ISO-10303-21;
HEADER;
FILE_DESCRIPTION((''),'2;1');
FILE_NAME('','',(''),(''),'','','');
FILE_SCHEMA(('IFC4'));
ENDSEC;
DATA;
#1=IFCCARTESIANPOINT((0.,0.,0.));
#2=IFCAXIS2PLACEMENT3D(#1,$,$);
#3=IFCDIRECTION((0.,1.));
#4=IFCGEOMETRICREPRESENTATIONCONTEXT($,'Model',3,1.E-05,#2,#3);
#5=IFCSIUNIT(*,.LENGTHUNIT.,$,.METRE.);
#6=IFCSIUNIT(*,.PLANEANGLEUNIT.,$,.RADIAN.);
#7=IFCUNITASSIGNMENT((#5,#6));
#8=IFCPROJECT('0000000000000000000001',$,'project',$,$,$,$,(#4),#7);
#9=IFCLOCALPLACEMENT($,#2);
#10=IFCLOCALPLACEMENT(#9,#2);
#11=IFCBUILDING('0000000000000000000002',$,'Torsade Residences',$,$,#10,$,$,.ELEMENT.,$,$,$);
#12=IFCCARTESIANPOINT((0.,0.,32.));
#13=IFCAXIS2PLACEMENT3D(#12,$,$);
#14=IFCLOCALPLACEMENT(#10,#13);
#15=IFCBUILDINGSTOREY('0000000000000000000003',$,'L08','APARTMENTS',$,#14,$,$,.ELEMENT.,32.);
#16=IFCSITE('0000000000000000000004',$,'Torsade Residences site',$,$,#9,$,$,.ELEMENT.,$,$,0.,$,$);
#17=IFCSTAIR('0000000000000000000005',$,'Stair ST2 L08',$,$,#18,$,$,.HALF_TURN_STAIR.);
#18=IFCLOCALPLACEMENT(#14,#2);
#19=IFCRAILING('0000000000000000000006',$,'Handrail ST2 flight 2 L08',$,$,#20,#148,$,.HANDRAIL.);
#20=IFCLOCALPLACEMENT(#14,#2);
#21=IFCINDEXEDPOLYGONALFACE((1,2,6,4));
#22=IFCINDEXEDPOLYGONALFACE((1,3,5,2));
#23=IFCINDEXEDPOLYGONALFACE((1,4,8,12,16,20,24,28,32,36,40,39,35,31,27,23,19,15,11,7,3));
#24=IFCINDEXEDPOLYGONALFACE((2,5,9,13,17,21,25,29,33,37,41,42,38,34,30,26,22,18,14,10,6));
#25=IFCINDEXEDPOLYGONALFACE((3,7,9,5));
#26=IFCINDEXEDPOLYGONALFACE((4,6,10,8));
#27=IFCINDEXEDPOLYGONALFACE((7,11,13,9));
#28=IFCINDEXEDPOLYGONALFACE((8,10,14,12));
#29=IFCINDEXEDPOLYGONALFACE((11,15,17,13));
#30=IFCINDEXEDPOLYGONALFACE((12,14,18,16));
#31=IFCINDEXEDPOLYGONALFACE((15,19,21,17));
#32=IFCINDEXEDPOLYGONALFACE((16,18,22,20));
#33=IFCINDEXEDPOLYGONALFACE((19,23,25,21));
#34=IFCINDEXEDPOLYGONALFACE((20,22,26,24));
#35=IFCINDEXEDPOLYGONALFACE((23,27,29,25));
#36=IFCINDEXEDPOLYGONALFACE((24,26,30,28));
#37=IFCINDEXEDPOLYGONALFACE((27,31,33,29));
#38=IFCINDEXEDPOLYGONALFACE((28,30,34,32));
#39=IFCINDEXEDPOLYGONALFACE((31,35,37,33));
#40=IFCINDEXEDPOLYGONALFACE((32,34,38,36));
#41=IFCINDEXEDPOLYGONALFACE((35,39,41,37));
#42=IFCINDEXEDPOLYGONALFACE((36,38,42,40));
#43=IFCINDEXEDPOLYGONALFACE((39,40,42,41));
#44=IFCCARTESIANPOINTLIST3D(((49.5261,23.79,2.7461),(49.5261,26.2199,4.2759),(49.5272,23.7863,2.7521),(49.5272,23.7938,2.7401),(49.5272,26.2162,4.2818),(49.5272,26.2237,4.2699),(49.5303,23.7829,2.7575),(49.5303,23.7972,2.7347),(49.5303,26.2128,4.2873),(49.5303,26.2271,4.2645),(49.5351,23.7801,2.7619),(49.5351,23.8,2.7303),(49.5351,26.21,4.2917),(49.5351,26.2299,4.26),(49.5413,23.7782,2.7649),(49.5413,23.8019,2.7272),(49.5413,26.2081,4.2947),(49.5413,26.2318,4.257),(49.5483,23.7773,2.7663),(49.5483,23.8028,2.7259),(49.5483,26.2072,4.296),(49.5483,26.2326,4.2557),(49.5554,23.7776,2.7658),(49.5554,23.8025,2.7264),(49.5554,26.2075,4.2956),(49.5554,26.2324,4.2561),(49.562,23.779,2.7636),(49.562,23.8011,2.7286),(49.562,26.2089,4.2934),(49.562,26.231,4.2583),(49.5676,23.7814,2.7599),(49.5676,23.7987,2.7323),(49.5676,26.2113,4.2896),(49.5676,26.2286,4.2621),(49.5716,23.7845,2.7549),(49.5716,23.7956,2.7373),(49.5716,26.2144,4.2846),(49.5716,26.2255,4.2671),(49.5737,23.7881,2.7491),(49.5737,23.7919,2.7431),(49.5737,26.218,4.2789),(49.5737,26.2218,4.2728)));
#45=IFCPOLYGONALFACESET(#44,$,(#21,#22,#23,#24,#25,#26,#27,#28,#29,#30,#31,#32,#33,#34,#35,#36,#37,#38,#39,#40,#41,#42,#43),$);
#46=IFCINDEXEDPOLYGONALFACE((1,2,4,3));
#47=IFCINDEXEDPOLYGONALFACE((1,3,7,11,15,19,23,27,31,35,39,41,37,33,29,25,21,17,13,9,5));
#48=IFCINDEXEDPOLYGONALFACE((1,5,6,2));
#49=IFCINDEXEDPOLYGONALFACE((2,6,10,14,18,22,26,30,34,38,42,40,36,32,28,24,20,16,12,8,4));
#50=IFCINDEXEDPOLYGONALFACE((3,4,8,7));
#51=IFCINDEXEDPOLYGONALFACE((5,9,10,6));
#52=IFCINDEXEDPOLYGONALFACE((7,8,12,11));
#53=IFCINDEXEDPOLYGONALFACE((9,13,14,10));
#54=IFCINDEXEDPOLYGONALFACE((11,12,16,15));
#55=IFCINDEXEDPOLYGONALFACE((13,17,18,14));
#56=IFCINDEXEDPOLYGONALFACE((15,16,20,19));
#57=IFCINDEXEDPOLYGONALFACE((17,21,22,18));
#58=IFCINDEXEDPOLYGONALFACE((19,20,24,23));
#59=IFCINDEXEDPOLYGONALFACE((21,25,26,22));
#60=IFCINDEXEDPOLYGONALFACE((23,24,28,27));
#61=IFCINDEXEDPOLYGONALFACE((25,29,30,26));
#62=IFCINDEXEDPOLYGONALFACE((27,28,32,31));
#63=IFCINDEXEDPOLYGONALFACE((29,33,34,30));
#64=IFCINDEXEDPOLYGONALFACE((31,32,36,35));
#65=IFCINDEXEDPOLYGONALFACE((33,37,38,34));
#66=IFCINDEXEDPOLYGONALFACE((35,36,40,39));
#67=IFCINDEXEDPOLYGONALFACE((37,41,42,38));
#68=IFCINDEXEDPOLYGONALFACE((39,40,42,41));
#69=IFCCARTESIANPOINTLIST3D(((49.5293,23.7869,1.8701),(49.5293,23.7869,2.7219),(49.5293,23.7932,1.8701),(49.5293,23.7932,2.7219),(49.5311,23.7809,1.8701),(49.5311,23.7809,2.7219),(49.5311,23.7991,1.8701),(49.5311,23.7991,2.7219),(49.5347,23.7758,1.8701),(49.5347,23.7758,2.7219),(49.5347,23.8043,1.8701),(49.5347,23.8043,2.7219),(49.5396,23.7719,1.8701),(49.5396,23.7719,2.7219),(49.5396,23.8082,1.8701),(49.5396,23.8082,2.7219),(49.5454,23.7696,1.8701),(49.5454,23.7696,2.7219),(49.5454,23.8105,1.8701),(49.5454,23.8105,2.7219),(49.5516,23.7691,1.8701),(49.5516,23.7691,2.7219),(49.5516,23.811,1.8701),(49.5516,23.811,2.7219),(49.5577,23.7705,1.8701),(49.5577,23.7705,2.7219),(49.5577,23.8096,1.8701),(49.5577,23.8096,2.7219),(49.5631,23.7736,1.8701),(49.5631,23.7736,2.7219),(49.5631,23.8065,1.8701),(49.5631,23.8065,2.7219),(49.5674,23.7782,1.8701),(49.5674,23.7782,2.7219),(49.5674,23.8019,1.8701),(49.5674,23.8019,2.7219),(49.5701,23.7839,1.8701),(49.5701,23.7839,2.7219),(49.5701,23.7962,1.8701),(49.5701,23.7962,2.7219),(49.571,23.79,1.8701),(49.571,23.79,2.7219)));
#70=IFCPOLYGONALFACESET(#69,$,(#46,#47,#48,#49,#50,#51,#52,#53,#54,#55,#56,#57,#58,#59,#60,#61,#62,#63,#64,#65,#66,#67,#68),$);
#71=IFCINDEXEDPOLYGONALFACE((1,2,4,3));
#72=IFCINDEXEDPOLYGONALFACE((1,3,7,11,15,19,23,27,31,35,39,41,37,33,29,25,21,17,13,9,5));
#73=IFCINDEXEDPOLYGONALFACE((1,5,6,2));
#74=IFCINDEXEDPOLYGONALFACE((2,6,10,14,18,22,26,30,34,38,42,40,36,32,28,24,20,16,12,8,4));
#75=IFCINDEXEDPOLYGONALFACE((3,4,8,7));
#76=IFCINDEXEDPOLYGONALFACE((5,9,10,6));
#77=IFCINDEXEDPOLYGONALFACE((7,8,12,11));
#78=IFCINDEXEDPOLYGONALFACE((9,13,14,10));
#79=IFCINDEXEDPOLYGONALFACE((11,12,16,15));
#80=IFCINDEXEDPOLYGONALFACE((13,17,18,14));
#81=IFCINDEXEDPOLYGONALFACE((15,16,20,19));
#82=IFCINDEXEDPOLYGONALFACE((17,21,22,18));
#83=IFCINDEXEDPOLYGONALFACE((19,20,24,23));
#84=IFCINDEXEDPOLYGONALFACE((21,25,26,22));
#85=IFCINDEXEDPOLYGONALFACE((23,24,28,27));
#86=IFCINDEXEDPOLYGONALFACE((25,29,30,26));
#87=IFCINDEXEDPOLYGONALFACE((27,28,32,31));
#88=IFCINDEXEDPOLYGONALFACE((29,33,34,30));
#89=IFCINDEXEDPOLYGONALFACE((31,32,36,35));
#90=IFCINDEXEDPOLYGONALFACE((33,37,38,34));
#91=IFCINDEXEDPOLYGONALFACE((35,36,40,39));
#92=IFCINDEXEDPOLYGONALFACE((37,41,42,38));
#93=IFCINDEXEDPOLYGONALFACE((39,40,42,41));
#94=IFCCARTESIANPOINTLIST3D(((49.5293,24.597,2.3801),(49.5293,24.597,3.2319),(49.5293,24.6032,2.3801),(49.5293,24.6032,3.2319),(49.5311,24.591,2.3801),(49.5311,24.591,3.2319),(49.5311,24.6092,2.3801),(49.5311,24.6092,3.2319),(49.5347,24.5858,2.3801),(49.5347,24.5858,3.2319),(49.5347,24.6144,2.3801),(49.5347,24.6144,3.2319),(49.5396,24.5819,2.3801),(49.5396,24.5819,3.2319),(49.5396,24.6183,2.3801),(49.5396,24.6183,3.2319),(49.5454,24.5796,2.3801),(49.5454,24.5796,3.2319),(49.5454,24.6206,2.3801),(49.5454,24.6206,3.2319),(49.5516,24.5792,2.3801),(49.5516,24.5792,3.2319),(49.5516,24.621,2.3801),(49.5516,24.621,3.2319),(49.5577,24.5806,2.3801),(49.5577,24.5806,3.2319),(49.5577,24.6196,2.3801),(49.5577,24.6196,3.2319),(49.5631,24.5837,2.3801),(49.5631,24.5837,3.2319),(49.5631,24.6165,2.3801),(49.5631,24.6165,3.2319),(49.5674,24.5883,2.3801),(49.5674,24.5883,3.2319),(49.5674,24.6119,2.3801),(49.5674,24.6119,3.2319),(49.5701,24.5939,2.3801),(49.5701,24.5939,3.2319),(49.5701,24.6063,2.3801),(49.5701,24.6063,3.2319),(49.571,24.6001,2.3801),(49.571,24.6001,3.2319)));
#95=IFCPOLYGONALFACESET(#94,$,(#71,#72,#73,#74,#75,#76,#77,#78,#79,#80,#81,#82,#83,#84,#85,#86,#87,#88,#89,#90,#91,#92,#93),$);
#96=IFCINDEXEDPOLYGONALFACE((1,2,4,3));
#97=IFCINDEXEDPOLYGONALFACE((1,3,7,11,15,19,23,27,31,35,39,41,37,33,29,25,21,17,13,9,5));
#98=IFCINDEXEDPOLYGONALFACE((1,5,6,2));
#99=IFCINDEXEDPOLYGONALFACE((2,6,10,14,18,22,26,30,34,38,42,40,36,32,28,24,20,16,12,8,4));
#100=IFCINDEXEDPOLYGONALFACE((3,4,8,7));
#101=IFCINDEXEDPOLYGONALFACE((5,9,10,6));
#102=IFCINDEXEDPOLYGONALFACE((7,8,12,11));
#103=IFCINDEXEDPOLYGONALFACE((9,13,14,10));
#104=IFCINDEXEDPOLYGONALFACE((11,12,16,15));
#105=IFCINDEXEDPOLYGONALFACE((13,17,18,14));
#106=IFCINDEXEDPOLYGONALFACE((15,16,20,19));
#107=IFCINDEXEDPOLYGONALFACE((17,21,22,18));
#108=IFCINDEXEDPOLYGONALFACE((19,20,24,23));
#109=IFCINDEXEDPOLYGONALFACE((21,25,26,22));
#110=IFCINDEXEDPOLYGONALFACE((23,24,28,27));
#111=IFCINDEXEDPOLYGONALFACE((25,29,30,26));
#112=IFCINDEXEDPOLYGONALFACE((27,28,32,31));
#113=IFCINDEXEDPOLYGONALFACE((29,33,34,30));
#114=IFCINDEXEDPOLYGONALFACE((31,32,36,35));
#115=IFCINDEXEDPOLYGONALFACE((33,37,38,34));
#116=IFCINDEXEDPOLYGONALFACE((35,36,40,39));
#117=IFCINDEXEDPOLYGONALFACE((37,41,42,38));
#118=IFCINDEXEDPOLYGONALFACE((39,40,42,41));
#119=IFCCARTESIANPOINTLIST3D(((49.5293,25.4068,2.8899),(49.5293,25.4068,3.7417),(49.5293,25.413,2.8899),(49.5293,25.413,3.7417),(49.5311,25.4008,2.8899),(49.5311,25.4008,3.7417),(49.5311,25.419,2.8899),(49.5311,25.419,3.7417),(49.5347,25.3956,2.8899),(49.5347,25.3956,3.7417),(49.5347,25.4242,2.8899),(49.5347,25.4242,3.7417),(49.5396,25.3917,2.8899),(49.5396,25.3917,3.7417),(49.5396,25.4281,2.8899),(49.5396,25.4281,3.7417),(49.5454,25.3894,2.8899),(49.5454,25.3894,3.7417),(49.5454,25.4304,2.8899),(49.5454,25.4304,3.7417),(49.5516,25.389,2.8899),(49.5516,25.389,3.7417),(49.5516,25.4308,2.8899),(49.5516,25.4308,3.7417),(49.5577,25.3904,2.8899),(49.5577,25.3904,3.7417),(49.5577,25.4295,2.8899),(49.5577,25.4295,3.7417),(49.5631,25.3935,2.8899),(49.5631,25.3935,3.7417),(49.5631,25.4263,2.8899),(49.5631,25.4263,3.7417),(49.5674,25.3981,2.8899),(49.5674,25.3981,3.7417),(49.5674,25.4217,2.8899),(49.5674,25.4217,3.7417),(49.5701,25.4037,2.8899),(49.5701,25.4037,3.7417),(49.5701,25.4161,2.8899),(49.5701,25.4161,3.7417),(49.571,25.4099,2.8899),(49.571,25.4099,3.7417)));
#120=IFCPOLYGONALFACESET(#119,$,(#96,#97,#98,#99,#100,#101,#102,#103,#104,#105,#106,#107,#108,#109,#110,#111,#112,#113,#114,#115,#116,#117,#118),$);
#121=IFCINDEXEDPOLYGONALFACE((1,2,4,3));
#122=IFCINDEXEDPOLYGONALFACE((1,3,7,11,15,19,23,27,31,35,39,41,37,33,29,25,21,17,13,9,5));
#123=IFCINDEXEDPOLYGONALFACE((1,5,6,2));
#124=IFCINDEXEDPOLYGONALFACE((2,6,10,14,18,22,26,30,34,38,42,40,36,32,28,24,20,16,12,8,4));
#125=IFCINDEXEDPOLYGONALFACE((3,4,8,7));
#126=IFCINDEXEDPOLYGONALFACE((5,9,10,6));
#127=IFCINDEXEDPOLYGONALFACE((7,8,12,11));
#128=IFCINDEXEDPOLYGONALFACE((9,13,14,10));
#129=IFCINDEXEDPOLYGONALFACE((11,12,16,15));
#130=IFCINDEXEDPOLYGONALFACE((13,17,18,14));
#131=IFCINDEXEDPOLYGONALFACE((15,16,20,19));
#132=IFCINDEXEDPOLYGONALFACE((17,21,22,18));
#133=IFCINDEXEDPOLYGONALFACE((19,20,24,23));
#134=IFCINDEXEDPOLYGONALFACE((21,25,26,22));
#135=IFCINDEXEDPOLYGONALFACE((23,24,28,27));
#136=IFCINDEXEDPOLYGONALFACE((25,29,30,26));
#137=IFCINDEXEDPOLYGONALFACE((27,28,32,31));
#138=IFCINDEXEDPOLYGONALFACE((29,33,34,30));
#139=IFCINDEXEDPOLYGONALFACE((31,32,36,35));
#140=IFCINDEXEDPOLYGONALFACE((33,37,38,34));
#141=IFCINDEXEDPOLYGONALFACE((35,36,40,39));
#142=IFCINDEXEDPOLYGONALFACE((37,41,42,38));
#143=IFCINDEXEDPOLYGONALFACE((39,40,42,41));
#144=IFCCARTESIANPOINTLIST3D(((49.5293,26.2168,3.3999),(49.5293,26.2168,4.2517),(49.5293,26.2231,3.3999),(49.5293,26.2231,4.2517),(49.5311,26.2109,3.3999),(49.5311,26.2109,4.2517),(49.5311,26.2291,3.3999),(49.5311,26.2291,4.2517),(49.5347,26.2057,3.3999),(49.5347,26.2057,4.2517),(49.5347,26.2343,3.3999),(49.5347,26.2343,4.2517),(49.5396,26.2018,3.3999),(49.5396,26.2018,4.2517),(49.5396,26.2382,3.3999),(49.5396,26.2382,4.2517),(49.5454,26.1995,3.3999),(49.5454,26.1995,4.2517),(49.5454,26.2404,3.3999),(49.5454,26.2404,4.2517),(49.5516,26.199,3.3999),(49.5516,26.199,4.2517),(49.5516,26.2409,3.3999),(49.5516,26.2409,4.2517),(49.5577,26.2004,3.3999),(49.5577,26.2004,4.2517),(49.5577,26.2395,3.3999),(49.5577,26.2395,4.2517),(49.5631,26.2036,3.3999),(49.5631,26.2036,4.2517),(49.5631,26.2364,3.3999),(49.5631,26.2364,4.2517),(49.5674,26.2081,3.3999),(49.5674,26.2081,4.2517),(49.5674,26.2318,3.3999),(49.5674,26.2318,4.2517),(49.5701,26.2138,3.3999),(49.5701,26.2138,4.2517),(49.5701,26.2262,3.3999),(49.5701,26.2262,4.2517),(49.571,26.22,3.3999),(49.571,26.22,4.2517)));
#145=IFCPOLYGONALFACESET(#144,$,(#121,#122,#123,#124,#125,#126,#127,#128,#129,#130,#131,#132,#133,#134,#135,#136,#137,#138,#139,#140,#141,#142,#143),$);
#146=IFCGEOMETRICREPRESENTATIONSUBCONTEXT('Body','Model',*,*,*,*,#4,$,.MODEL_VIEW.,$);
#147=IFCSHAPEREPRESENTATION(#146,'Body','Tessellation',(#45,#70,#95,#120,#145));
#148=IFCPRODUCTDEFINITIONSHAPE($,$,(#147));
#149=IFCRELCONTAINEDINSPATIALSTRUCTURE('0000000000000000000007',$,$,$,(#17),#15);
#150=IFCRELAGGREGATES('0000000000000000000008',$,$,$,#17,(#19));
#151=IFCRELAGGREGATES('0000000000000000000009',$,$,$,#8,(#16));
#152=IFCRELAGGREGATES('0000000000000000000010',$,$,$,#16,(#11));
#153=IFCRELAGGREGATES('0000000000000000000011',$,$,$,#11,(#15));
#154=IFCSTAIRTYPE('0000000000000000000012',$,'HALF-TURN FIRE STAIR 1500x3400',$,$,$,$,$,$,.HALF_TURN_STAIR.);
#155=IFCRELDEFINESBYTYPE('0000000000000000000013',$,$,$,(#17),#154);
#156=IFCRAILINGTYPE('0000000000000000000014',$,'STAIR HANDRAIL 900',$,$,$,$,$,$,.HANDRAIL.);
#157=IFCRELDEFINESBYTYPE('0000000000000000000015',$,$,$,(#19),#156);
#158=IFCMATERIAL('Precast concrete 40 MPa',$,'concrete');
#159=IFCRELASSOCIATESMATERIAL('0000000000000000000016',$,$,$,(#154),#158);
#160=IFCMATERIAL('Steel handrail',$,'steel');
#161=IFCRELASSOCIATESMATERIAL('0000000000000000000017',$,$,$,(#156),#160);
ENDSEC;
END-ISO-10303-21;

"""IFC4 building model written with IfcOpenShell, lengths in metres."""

from ifc_helpers import new_model, si_unit, direction, frame, origin, origin_2d, place, context, subcontext, project, spatial, circle, extrude, material, type_object, element, aggregate, save


model = new_model("IFC4")

# Units and contexts
model_context = context("Model", 3, precision=1e-05, world=origin(), true_north=direction((0.0, 1.0)))
body_context = subcontext(model_context, "Body", "Model", "MODEL_VIEW")
ifc_project = project(units=[si_unit("LENGTHUNIT", "METRE"), si_unit("PLANEANGLEUNIT", "RADIAN")], contexts=[model_context])

# Site, building, storey
site_placement = place(None, origin())
site = spatial("IfcSite", under=ifc_project, at=site_placement, Name="Torsade Residences site", CompositionType="ELEMENT", RefElevation=0.0)
building_placement = place(site_placement, origin())
building = spatial("IfcBuilding", under=site, at=building_placement, Name="Torsade Residences", CompositionType="ELEMENT")
storey_placement = place(building_placement, frame((0.0, 0.0, 32.0)))
storey = spatial("IfcBuildingStorey", under=building, at=storey_placement, Name="L08", Description="APARTMENTS", CompositionType="ELEMENT", Elevation=32.0)

# Stair, railing
ifc_material_1 = material(Name="Precast concrete 40 MPa", Category="concrete")
stair_type = type_object("IfcStairType", Name="HALF-TURN FIRE STAIR 1500x3400", PredefinedType="HALF_TURN_STAIR", material=ifc_material_1)
stair_placement = place(storey_placement, origin())
stair = element("IfcStair", 1, at=stair_placement, inside=storey, type_object=stair_type, Name="Stair ST2 L08", PredefinedType="HALF_TURN_STAIR")
ifc_material_2 = material(Name="Steel handrail", Category="steel")
railing_type = type_object("IfcRailingType", Name="STAIR HANDRAIL 900", PredefinedType="HANDRAIL", material=ifc_material_2)
railing_1_placement = place(storey_placement, frame((49.55, 23.79, 1.8701)))
railing_1 = element("IfcRailing", 2, at=railing_1_placement, type_object=railing_type, Name="Handrail ST2 flight 2 L08", PredefinedType="HANDRAIL", context=body_context, shape_type="SweptSolid", body=[
    extrude(circle(Radius=0.0239, at=origin_2d()), frame((0.0, 0.0, 0.876), z_axis=(0.0, 0.84626, 0.53277), x_axis=(-1.0, 0.0, 0.0)), (0.0, 0.0, 1.0), 2.8713),
    extrude(circle(Radius=0.021, at=origin_2d()), origin(), (0.0, 0.0, 1.0), 0.8518),
    extrude(circle(Radius=0.021, at=origin_2d()), frame((0.0, 0.8101, 0.51)), (0.0, 0.0, 1.0), 0.8518),
    extrude(circle(Radius=0.021, at=origin_2d()), frame((0.0, 1.6199, 1.0198)), (0.0, 0.0, 1.0), 0.8518),
    extrude(circle(Radius=0.021, at=origin_2d()), frame((0.0, 2.4299, 1.5298)), (0.0, 0.0, 1.0), 0.8518),
])
aggregate(stair, [railing_1])

save(model, "model.ifc")
